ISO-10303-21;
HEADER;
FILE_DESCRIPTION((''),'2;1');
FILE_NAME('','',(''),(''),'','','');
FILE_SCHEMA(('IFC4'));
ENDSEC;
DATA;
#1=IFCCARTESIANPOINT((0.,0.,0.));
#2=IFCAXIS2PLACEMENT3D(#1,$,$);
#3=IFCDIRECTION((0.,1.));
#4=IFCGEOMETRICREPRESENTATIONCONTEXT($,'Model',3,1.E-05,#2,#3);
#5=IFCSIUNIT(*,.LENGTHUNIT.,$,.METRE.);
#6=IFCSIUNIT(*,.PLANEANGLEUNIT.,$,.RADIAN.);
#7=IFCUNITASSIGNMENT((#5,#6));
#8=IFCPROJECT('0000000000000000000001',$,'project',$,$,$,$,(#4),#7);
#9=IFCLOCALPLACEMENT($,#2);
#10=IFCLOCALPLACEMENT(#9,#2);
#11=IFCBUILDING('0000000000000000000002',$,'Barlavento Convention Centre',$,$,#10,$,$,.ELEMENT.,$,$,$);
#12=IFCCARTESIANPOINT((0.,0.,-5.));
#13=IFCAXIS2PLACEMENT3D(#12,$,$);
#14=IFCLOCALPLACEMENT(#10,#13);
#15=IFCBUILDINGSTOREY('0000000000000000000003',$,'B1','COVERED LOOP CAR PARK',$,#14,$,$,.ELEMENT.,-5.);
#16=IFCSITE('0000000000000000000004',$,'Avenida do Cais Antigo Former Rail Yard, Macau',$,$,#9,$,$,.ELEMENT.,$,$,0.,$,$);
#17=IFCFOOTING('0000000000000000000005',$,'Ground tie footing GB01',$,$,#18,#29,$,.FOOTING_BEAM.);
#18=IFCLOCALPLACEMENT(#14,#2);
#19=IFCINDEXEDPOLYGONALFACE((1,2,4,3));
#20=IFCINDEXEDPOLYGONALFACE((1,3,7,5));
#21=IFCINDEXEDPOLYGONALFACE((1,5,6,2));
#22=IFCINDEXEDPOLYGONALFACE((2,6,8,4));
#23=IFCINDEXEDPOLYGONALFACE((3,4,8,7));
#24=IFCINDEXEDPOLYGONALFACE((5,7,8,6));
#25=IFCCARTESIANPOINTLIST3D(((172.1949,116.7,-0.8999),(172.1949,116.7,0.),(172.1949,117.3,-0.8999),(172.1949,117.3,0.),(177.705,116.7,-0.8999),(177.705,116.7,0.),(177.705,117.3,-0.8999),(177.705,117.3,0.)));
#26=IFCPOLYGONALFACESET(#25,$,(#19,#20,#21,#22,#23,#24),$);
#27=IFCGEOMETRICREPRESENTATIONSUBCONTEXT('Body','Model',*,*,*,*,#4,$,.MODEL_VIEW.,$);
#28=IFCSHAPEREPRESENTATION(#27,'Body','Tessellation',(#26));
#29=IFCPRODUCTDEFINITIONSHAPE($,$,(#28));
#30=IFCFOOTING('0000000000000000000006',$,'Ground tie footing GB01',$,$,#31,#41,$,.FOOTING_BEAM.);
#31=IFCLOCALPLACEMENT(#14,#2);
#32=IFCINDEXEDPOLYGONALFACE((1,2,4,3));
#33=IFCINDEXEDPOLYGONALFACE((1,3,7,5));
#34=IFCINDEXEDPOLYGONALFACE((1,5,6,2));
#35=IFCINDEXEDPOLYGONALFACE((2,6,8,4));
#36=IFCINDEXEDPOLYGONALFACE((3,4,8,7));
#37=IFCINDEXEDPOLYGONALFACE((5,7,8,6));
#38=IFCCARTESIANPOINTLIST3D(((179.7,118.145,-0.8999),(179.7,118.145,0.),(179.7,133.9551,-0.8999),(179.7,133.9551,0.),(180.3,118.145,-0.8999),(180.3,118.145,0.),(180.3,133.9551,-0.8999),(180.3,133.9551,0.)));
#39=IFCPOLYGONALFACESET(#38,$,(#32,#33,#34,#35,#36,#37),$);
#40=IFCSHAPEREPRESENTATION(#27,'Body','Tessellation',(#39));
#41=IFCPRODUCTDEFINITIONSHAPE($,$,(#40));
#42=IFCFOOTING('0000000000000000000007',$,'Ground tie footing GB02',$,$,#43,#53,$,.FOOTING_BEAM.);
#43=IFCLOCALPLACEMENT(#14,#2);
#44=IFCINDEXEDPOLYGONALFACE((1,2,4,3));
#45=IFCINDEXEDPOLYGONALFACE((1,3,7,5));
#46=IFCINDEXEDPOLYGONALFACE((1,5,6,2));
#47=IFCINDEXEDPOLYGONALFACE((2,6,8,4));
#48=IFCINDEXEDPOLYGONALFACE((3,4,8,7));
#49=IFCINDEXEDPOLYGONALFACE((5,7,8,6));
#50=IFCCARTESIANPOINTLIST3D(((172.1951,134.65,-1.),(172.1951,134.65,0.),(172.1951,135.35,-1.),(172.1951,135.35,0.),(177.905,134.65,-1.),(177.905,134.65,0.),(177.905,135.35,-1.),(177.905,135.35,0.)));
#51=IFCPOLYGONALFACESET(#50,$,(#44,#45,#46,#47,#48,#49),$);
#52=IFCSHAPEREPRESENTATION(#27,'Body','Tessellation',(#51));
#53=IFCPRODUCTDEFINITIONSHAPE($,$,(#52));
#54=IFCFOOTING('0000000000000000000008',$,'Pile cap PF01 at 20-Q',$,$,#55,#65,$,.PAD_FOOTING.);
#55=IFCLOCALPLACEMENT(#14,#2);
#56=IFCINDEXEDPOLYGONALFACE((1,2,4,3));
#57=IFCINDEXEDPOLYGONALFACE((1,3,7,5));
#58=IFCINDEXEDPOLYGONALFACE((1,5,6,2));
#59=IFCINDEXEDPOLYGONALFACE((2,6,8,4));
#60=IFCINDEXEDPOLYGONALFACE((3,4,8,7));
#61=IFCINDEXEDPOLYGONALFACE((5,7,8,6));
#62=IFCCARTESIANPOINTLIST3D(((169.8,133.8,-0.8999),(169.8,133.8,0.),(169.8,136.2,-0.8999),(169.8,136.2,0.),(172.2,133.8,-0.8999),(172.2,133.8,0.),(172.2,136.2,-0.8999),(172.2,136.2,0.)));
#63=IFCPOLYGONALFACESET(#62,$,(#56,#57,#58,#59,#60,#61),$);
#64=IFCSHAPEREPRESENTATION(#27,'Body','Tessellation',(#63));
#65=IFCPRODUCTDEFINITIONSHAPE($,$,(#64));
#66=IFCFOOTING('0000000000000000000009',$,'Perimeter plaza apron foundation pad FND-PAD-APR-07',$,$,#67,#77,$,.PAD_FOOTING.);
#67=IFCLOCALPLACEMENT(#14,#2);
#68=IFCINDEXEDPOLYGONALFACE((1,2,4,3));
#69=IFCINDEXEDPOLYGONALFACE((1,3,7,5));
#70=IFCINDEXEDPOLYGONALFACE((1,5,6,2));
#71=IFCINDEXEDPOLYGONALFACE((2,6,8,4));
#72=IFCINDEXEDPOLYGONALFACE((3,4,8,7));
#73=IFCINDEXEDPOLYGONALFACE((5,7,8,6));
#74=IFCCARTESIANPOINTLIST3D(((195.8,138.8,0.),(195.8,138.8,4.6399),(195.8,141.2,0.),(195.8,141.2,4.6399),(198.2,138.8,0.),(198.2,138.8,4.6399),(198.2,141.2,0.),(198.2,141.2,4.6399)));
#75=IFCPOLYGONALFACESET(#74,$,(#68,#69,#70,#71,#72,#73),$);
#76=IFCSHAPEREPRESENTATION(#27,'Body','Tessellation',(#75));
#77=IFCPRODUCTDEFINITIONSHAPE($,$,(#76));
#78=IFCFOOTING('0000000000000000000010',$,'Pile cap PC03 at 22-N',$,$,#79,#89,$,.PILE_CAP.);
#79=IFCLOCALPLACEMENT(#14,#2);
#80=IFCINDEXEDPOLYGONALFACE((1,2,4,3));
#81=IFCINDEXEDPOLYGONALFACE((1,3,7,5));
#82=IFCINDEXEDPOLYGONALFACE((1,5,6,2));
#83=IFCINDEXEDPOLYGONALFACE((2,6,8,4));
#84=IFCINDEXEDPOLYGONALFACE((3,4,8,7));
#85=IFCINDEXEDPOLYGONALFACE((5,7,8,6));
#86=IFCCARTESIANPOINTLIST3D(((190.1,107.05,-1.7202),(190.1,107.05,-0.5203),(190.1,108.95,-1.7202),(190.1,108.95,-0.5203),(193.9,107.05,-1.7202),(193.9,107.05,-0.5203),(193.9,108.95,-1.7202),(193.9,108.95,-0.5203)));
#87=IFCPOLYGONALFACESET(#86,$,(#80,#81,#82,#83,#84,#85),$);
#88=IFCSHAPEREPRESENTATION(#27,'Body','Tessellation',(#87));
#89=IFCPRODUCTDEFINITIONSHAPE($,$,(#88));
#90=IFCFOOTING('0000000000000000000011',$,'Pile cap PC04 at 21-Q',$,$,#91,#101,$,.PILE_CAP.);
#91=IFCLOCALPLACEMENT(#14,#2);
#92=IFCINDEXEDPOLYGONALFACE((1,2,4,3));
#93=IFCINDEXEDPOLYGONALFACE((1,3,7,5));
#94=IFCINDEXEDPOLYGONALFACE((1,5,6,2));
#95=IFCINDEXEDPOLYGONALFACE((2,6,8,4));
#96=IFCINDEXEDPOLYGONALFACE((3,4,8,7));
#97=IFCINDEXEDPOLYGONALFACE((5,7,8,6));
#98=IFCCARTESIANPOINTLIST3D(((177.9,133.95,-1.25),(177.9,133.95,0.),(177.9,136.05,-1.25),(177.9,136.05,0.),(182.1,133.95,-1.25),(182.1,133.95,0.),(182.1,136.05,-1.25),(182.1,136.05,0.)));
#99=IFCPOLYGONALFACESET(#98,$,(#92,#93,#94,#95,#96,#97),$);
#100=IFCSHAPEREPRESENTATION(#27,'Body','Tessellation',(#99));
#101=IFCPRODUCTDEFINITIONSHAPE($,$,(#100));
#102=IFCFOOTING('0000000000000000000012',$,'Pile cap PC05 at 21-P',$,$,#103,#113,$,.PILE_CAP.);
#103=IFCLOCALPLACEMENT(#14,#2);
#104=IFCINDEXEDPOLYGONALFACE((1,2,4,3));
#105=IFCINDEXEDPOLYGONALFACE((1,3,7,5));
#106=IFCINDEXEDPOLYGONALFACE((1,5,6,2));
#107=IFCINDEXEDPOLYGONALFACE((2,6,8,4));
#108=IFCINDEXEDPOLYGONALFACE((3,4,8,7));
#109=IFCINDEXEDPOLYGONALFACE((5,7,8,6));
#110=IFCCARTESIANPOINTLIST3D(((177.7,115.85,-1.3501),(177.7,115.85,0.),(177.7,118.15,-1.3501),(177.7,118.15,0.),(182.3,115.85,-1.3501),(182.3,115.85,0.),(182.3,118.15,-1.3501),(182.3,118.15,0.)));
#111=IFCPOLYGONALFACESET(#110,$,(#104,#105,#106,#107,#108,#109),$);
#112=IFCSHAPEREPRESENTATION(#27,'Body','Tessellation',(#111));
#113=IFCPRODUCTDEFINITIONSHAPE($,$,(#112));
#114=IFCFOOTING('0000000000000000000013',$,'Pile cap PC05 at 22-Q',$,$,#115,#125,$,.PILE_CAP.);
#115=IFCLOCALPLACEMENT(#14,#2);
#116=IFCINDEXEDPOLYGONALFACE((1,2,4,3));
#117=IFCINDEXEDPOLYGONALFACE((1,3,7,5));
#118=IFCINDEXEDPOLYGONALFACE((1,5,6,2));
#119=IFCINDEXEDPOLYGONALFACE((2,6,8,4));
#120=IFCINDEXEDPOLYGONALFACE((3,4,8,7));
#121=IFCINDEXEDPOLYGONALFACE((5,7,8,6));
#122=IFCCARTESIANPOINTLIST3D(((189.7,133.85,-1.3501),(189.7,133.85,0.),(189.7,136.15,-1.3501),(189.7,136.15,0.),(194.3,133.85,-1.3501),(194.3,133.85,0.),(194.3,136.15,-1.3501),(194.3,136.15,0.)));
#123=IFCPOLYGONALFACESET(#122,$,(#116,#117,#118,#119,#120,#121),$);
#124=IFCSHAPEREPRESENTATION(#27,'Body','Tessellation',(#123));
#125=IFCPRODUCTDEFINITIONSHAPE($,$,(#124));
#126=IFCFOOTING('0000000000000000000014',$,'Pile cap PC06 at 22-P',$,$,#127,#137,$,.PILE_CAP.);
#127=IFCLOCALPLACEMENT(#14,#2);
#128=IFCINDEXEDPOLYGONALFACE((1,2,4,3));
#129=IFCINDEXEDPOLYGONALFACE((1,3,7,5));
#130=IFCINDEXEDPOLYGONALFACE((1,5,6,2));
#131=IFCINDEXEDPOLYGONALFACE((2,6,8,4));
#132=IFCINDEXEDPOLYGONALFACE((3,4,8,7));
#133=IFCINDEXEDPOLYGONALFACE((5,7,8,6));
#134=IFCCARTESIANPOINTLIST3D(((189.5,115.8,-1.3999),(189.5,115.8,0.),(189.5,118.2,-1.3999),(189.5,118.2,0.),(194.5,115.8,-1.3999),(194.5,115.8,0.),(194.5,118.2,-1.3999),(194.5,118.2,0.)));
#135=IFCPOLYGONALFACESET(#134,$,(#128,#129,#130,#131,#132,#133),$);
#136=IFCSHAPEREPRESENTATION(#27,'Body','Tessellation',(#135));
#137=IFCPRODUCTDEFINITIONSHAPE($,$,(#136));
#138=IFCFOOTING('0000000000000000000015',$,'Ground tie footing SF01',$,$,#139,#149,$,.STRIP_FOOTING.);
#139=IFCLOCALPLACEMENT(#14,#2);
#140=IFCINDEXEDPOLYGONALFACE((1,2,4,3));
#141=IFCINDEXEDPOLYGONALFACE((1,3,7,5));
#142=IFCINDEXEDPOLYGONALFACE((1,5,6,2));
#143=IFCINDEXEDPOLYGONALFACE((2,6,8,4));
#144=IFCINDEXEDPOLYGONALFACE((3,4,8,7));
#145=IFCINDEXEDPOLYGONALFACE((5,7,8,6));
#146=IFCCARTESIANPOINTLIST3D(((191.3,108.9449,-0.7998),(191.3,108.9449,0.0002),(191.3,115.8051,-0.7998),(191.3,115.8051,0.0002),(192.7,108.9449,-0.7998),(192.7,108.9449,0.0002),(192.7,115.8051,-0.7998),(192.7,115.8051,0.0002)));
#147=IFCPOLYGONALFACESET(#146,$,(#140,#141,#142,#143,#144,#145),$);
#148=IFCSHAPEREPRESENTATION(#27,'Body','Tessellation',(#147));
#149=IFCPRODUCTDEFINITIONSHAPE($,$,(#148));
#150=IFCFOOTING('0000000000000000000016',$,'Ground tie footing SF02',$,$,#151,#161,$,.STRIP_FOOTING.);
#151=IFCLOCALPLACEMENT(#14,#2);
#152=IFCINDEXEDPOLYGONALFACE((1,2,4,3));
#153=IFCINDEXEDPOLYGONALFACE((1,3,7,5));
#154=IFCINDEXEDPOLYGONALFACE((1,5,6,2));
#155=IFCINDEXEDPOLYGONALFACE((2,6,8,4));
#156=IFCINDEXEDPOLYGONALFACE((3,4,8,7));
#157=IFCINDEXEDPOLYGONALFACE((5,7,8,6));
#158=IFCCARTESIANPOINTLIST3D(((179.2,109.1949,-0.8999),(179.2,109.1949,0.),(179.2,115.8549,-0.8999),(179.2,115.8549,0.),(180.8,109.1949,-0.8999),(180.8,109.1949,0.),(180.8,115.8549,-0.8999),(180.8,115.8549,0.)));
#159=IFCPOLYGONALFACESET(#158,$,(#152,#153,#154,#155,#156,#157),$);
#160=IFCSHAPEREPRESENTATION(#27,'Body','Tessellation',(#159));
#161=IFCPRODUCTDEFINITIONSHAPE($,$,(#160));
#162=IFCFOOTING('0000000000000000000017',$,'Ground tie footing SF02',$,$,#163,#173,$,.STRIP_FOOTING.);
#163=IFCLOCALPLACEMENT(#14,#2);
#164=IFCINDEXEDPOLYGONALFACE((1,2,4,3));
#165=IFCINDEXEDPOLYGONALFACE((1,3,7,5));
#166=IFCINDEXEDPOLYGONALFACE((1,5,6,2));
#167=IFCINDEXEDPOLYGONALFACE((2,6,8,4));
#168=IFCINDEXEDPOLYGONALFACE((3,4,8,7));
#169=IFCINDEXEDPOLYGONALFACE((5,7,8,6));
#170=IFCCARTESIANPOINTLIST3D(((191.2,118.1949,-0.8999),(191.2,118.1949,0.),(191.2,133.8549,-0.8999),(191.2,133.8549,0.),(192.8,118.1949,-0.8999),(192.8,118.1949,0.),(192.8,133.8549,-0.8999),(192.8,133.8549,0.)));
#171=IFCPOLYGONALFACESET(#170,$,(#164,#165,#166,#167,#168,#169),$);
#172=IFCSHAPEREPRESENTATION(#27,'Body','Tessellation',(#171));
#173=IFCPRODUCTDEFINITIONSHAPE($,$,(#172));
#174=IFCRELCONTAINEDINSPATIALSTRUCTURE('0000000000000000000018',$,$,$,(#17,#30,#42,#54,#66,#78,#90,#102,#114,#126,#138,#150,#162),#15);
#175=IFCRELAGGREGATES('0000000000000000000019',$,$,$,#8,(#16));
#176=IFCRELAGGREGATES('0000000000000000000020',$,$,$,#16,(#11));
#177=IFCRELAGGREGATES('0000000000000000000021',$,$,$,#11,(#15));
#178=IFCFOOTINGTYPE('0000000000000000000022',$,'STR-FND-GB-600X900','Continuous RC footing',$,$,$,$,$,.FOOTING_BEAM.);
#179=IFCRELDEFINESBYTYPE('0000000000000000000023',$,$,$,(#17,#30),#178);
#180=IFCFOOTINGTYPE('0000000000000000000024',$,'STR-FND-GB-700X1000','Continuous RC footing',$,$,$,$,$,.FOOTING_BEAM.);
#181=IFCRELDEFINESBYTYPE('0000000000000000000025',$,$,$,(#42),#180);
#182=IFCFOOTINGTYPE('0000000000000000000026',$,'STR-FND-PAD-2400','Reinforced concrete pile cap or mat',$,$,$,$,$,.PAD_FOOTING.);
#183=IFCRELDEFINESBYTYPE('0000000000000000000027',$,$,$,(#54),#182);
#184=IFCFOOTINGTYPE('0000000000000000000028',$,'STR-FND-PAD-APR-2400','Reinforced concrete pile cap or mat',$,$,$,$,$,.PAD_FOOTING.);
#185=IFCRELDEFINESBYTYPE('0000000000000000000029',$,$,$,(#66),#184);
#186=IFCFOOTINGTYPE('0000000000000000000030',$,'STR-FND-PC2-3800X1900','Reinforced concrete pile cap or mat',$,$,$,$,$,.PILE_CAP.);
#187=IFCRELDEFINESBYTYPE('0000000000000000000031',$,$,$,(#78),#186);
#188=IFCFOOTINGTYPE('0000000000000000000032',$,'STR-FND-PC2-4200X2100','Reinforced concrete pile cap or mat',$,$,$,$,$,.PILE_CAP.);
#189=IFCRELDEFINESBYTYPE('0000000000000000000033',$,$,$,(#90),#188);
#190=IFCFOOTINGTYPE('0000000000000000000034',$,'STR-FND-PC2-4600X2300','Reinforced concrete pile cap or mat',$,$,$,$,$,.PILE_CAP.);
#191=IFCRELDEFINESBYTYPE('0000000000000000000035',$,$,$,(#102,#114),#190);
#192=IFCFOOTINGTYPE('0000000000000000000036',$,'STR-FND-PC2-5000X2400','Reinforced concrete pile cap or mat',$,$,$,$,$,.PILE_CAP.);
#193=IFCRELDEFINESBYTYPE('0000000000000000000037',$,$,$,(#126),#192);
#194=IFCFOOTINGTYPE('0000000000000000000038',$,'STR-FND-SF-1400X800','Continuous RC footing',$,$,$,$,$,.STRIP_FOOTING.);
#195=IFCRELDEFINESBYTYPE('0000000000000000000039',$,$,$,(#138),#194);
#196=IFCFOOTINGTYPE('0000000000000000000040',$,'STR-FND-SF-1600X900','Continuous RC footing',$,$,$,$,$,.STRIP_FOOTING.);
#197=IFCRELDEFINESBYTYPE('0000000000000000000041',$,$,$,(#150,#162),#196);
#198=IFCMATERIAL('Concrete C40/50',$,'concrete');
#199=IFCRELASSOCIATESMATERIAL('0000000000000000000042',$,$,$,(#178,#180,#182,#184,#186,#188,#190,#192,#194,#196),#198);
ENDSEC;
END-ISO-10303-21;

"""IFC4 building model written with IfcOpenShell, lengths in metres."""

from ifc_helpers import new_model, si_unit, direction, frame, origin, origin_2d, place, context, subcontext, project, spatial, rectangle, extrude, material, type_object, element, save


model = new_model("IFC4")

# Units and contexts
model_context = context("Model", 3, precision=1e-05, world=origin(), true_north=direction((0.0, 1.0)))
body_context = subcontext(model_context, "Body", "Model", "MODEL_VIEW")
ifc_project = project(units=[si_unit("LENGTHUNIT", "METRE"), si_unit("PLANEANGLEUNIT", "RADIAN")], contexts=[model_context])

# Site, building, storey
site_placement = place(None, origin())
site = spatial("IfcSite", under=ifc_project, at=site_placement, Name="Avenida do Cais Antigo Former Rail Yard, Macau", CompositionType="ELEMENT", RefElevation=0.0)
building_placement = place(site_placement, origin())
building = spatial("IfcBuilding", under=site, at=building_placement, Name="Barlavento Convention Centre", CompositionType="ELEMENT")
storey_placement = place(building_placement, frame((0.0, 0.0, -5.0)))
storey = spatial("IfcBuildingStorey", under=building, at=storey_placement, Name="B1", Description="COVERED LOOP CAR PARK", CompositionType="ELEMENT", Elevation=-5.0)

# Footings
ifc_material_1 = material(Name="Concrete C40/50", Category="concrete")
footing_type_1 = type_object("IfcFootingType", Name="STR-FND-GB-600X900", Description="Continuous RC footing", PredefinedType="FOOTING_BEAM", material=ifc_material_1)
footing_1_placement = place(storey_placement, frame((174.95, 117.0, -0.8999), z_axis=(0.0, 0.0, 1.0), x_axis=(1.0, 0.0, 0.0)))
element("IfcFooting", 1, at=footing_1_placement, inside=storey, type_object=footing_type_1, Name="Ground tie footing GB01", PredefinedType="FOOTING_BEAM", context=body_context, shape_type="SweptSolid", body=[
    extrude(rectangle(XDim=5.51, YDim=0.6001, at=origin_2d()), origin(), (0.0, 0.0, 1.0), 0.8999),
])
footing_2_placement = place(storey_placement, frame((180.0, 126.05, -0.8999), z_axis=(0.0, 0.0, 1.0), x_axis=(1.0, 0.0, 0.0)))
element("IfcFooting", 2, at=footing_2_placement, inside=storey, type_object=footing_type_1, Name="Ground tie footing GB01", PredefinedType="FOOTING_BEAM", context=body_context, shape_type="SweptSolid", body=[
    extrude(rectangle(XDim=0.6001, YDim=15.8101, at=origin_2d()), origin(), (0.0, 0.0, 1.0), 0.8999),
])
footing_type_2 = type_object("IfcFootingType", Name="STR-FND-GB-700X1000", Description="Continuous RC footing", PredefinedType="FOOTING_BEAM", material=ifc_material_1)
footing_3_placement = place(storey_placement, frame((175.05, 135.0, -1.0), z_axis=(0.0, 0.0, 1.0), x_axis=(1.0, 0.0, 0.0)))
element("IfcFooting", 3, at=footing_3_placement, inside=storey, type_object=footing_type_2, Name="Ground tie footing GB02", PredefinedType="FOOTING_BEAM", context=body_context, shape_type="SweptSolid", body=[
    extrude(rectangle(XDim=5.71, YDim=0.7, at=origin_2d()), origin(), (0.0, 0.0, 1.0), 1.0),
])
footing_type_3 = type_object("IfcFootingType", Name="STR-FND-PAD-2400", Description="Reinforced concrete pile cap or mat", PredefinedType="PAD_FOOTING", material=ifc_material_1)
footing_4_placement = place(storey_placement, frame((171.0, 135.0, -0.8999), z_axis=(0.0, 0.0, 1.0), x_axis=(1.0, 0.0, 0.0)))
element("IfcFooting", 4, at=footing_4_placement, inside=storey, type_object=footing_type_3, Name="Pile cap PF01 at 20-Q", PredefinedType="PAD_FOOTING", context=body_context, shape_type="SweptSolid", body=[
    extrude(rectangle(XDim=2.3999, YDim=2.3999, at=origin_2d()), origin(), (0.0, 0.0, 1.0), 0.8999),
])
footing_type_4 = type_object("IfcFootingType", Name="STR-FND-PAD-APR-2400", Description="Reinforced concrete pile cap or mat", PredefinedType="PAD_FOOTING", material=ifc_material_1)
footing_5_placement = place(storey_placement, frame((197.0, 140.0, 0.0), z_axis=(0.0, 0.0, 1.0), x_axis=(1.0, 0.0, 0.0)))
element("IfcFooting", 5, at=footing_5_placement, inside=storey, type_object=footing_type_4, Name="Perimeter plaza apron foundation pad FND-PAD-APR-07", PredefinedType="PAD_FOOTING", context=body_context, shape_type="SweptSolid", body=[
    extrude(rectangle(XDim=2.3999, YDim=2.3999, at=origin_2d()), origin(), (0.0, 0.0, 1.0), 4.6399),
])
footing_type_5 = type_object("IfcFootingType", Name="STR-FND-PC2-3800X1900", Description="Reinforced concrete pile cap or mat", PredefinedType="PILE_CAP", material=ifc_material_1)
footing_6_placement = place(storey_placement, frame((192.0, 108.0, -1.7202), z_axis=(0.0, 0.0, 1.0), x_axis=(1.0, 0.0, 0.0)))
element("IfcFooting", 6, at=footing_6_placement, inside=storey, type_object=footing_type_5, Name="Pile cap PC03 at 22-N", PredefinedType="PILE_CAP", context=body_context, shape_type="SweptSolid", body=[
    extrude(rectangle(XDim=3.8, YDim=1.8999, at=origin_2d()), origin(), (0.0, 0.0, 1.0), 1.2),
])
footing_type_6 = type_object("IfcFootingType", Name="STR-FND-PC2-4200X2100", Description="Reinforced concrete pile cap or mat", PredefinedType="PILE_CAP", material=ifc_material_1)
footing_7_placement = place(storey_placement, frame((180.0, 135.0, -1.25), z_axis=(0.0, 0.0, 1.0), x_axis=(1.0, 0.0, 0.0)))
element("IfcFooting", 7, at=footing_7_placement, inside=storey, type_object=footing_type_6, Name="Pile cap PC04 at 21-Q", PredefinedType="PILE_CAP", context=body_context, shape_type="SweptSolid", body=[
    extrude(rectangle(XDim=4.2, YDim=2.1001, at=origin_2d()), origin(), (0.0, 0.0, 1.0), 1.25),
])
footing_type_7 = type_object("IfcFootingType", Name="STR-FND-PC2-4600X2300", Description="Reinforced concrete pile cap or mat", PredefinedType="PILE_CAP", material=ifc_material_1)
for number, where, z_axis, x_axis, name in (
    (8, (180.0, 117.0, -1.3501), (0.0, 0.0, 1.0), (1.0, 0.0, 0.0), "Pile cap PC05 at 21-P"),
    (9, (192.0, 135.0, -1.3501), (0.0, 0.0, 1.0), (1.0, 0.0, 0.0), "Pile cap PC05 at 22-Q"),
):
    element("IfcFooting", number, at=place(storey_placement, frame(where, z_axis=z_axis, x_axis=x_axis)), inside=storey, type_object=footing_type_7, Name=name, PredefinedType="PILE_CAP", context=body_context, shape_type="SweptSolid", body=[
        extrude(rectangle(XDim=4.6001, YDim=2.3, at=origin_2d()), origin(), (0.0, 0.0, 1.0), 1.3501),
    ])
footing_type_8 = type_object("IfcFootingType", Name="STR-FND-PC2-5000X2400", Description="Reinforced concrete pile cap or mat", PredefinedType="PILE_CAP", material=ifc_material_1)
footing_8_placement = place(storey_placement, frame((192.0, 117.0, -1.3999), z_axis=(0.0, 0.0, 1.0), x_axis=(1.0, 0.0, 0.0)))
element("IfcFooting", 10, at=footing_8_placement, inside=storey, type_object=footing_type_8, Name="Pile cap PC06 at 22-P", PredefinedType="PILE_CAP", context=body_context, shape_type="SweptSolid", body=[
    extrude(rectangle(XDim=5.0, YDim=2.3999, at=origin_2d()), origin(), (0.0, 0.0, 1.0), 1.3999),
])
footing_type_9 = type_object("IfcFootingType", Name="STR-FND-SF-1400X800", Description="Continuous RC footing", PredefinedType="STRIP_FOOTING", material=ifc_material_1)
footing_9_placement = place(storey_placement, frame((192.0, 112.375, -0.7998), z_axis=(0.0, 0.0, 1.0), x_axis=(1.0, 0.0, 0.0)))
element("IfcFooting", 11, at=footing_9_placement, inside=storey, type_object=footing_type_9, Name="Ground tie footing SF01", PredefinedType="STRIP_FOOTING", context=body_context, shape_type="SweptSolid", body=[
    extrude(rectangle(XDim=1.3999, YDim=6.8601, at=origin_2d()), origin(), (0.0, 0.0, 1.0), 0.8),
])
footing_type_10 = type_object("IfcFootingType", Name="STR-FND-SF-1600X900", Description="Continuous RC footing", PredefinedType="STRIP_FOOTING", material=ifc_material_1)
footing_10_placement = place(storey_placement, frame((180.0, 112.5249, -0.8999), z_axis=(0.0, 0.0, 1.0), x_axis=(1.0, 0.0, 0.0)))
element("IfcFooting", 12, at=footing_10_placement, inside=storey, type_object=footing_type_10, Name="Ground tie footing SF02", PredefinedType="STRIP_FOOTING", context=body_context, shape_type="SweptSolid", body=[
    extrude(rectangle(XDim=1.6001, YDim=6.6599, at=origin_2d()), origin(), (0.0, 0.0, 1.0), 0.8999),
])
footing_11_placement = place(storey_placement, frame((192.0, 126.0249, -0.8999), z_axis=(0.0, 0.0, 1.0), x_axis=(1.0, 0.0, 0.0)))
element("IfcFooting", 13, at=footing_11_placement, inside=storey, type_object=footing_type_10, Name="Ground tie footing SF02", PredefinedType="STRIP_FOOTING", context=body_context, shape_type="SweptSolid", body=[
    extrude(rectangle(XDim=1.6001, YDim=15.6599, at=origin_2d()), origin(), (0.0, 0.0, 1.0), 0.8999),
])

save(model, "model.ifc")
